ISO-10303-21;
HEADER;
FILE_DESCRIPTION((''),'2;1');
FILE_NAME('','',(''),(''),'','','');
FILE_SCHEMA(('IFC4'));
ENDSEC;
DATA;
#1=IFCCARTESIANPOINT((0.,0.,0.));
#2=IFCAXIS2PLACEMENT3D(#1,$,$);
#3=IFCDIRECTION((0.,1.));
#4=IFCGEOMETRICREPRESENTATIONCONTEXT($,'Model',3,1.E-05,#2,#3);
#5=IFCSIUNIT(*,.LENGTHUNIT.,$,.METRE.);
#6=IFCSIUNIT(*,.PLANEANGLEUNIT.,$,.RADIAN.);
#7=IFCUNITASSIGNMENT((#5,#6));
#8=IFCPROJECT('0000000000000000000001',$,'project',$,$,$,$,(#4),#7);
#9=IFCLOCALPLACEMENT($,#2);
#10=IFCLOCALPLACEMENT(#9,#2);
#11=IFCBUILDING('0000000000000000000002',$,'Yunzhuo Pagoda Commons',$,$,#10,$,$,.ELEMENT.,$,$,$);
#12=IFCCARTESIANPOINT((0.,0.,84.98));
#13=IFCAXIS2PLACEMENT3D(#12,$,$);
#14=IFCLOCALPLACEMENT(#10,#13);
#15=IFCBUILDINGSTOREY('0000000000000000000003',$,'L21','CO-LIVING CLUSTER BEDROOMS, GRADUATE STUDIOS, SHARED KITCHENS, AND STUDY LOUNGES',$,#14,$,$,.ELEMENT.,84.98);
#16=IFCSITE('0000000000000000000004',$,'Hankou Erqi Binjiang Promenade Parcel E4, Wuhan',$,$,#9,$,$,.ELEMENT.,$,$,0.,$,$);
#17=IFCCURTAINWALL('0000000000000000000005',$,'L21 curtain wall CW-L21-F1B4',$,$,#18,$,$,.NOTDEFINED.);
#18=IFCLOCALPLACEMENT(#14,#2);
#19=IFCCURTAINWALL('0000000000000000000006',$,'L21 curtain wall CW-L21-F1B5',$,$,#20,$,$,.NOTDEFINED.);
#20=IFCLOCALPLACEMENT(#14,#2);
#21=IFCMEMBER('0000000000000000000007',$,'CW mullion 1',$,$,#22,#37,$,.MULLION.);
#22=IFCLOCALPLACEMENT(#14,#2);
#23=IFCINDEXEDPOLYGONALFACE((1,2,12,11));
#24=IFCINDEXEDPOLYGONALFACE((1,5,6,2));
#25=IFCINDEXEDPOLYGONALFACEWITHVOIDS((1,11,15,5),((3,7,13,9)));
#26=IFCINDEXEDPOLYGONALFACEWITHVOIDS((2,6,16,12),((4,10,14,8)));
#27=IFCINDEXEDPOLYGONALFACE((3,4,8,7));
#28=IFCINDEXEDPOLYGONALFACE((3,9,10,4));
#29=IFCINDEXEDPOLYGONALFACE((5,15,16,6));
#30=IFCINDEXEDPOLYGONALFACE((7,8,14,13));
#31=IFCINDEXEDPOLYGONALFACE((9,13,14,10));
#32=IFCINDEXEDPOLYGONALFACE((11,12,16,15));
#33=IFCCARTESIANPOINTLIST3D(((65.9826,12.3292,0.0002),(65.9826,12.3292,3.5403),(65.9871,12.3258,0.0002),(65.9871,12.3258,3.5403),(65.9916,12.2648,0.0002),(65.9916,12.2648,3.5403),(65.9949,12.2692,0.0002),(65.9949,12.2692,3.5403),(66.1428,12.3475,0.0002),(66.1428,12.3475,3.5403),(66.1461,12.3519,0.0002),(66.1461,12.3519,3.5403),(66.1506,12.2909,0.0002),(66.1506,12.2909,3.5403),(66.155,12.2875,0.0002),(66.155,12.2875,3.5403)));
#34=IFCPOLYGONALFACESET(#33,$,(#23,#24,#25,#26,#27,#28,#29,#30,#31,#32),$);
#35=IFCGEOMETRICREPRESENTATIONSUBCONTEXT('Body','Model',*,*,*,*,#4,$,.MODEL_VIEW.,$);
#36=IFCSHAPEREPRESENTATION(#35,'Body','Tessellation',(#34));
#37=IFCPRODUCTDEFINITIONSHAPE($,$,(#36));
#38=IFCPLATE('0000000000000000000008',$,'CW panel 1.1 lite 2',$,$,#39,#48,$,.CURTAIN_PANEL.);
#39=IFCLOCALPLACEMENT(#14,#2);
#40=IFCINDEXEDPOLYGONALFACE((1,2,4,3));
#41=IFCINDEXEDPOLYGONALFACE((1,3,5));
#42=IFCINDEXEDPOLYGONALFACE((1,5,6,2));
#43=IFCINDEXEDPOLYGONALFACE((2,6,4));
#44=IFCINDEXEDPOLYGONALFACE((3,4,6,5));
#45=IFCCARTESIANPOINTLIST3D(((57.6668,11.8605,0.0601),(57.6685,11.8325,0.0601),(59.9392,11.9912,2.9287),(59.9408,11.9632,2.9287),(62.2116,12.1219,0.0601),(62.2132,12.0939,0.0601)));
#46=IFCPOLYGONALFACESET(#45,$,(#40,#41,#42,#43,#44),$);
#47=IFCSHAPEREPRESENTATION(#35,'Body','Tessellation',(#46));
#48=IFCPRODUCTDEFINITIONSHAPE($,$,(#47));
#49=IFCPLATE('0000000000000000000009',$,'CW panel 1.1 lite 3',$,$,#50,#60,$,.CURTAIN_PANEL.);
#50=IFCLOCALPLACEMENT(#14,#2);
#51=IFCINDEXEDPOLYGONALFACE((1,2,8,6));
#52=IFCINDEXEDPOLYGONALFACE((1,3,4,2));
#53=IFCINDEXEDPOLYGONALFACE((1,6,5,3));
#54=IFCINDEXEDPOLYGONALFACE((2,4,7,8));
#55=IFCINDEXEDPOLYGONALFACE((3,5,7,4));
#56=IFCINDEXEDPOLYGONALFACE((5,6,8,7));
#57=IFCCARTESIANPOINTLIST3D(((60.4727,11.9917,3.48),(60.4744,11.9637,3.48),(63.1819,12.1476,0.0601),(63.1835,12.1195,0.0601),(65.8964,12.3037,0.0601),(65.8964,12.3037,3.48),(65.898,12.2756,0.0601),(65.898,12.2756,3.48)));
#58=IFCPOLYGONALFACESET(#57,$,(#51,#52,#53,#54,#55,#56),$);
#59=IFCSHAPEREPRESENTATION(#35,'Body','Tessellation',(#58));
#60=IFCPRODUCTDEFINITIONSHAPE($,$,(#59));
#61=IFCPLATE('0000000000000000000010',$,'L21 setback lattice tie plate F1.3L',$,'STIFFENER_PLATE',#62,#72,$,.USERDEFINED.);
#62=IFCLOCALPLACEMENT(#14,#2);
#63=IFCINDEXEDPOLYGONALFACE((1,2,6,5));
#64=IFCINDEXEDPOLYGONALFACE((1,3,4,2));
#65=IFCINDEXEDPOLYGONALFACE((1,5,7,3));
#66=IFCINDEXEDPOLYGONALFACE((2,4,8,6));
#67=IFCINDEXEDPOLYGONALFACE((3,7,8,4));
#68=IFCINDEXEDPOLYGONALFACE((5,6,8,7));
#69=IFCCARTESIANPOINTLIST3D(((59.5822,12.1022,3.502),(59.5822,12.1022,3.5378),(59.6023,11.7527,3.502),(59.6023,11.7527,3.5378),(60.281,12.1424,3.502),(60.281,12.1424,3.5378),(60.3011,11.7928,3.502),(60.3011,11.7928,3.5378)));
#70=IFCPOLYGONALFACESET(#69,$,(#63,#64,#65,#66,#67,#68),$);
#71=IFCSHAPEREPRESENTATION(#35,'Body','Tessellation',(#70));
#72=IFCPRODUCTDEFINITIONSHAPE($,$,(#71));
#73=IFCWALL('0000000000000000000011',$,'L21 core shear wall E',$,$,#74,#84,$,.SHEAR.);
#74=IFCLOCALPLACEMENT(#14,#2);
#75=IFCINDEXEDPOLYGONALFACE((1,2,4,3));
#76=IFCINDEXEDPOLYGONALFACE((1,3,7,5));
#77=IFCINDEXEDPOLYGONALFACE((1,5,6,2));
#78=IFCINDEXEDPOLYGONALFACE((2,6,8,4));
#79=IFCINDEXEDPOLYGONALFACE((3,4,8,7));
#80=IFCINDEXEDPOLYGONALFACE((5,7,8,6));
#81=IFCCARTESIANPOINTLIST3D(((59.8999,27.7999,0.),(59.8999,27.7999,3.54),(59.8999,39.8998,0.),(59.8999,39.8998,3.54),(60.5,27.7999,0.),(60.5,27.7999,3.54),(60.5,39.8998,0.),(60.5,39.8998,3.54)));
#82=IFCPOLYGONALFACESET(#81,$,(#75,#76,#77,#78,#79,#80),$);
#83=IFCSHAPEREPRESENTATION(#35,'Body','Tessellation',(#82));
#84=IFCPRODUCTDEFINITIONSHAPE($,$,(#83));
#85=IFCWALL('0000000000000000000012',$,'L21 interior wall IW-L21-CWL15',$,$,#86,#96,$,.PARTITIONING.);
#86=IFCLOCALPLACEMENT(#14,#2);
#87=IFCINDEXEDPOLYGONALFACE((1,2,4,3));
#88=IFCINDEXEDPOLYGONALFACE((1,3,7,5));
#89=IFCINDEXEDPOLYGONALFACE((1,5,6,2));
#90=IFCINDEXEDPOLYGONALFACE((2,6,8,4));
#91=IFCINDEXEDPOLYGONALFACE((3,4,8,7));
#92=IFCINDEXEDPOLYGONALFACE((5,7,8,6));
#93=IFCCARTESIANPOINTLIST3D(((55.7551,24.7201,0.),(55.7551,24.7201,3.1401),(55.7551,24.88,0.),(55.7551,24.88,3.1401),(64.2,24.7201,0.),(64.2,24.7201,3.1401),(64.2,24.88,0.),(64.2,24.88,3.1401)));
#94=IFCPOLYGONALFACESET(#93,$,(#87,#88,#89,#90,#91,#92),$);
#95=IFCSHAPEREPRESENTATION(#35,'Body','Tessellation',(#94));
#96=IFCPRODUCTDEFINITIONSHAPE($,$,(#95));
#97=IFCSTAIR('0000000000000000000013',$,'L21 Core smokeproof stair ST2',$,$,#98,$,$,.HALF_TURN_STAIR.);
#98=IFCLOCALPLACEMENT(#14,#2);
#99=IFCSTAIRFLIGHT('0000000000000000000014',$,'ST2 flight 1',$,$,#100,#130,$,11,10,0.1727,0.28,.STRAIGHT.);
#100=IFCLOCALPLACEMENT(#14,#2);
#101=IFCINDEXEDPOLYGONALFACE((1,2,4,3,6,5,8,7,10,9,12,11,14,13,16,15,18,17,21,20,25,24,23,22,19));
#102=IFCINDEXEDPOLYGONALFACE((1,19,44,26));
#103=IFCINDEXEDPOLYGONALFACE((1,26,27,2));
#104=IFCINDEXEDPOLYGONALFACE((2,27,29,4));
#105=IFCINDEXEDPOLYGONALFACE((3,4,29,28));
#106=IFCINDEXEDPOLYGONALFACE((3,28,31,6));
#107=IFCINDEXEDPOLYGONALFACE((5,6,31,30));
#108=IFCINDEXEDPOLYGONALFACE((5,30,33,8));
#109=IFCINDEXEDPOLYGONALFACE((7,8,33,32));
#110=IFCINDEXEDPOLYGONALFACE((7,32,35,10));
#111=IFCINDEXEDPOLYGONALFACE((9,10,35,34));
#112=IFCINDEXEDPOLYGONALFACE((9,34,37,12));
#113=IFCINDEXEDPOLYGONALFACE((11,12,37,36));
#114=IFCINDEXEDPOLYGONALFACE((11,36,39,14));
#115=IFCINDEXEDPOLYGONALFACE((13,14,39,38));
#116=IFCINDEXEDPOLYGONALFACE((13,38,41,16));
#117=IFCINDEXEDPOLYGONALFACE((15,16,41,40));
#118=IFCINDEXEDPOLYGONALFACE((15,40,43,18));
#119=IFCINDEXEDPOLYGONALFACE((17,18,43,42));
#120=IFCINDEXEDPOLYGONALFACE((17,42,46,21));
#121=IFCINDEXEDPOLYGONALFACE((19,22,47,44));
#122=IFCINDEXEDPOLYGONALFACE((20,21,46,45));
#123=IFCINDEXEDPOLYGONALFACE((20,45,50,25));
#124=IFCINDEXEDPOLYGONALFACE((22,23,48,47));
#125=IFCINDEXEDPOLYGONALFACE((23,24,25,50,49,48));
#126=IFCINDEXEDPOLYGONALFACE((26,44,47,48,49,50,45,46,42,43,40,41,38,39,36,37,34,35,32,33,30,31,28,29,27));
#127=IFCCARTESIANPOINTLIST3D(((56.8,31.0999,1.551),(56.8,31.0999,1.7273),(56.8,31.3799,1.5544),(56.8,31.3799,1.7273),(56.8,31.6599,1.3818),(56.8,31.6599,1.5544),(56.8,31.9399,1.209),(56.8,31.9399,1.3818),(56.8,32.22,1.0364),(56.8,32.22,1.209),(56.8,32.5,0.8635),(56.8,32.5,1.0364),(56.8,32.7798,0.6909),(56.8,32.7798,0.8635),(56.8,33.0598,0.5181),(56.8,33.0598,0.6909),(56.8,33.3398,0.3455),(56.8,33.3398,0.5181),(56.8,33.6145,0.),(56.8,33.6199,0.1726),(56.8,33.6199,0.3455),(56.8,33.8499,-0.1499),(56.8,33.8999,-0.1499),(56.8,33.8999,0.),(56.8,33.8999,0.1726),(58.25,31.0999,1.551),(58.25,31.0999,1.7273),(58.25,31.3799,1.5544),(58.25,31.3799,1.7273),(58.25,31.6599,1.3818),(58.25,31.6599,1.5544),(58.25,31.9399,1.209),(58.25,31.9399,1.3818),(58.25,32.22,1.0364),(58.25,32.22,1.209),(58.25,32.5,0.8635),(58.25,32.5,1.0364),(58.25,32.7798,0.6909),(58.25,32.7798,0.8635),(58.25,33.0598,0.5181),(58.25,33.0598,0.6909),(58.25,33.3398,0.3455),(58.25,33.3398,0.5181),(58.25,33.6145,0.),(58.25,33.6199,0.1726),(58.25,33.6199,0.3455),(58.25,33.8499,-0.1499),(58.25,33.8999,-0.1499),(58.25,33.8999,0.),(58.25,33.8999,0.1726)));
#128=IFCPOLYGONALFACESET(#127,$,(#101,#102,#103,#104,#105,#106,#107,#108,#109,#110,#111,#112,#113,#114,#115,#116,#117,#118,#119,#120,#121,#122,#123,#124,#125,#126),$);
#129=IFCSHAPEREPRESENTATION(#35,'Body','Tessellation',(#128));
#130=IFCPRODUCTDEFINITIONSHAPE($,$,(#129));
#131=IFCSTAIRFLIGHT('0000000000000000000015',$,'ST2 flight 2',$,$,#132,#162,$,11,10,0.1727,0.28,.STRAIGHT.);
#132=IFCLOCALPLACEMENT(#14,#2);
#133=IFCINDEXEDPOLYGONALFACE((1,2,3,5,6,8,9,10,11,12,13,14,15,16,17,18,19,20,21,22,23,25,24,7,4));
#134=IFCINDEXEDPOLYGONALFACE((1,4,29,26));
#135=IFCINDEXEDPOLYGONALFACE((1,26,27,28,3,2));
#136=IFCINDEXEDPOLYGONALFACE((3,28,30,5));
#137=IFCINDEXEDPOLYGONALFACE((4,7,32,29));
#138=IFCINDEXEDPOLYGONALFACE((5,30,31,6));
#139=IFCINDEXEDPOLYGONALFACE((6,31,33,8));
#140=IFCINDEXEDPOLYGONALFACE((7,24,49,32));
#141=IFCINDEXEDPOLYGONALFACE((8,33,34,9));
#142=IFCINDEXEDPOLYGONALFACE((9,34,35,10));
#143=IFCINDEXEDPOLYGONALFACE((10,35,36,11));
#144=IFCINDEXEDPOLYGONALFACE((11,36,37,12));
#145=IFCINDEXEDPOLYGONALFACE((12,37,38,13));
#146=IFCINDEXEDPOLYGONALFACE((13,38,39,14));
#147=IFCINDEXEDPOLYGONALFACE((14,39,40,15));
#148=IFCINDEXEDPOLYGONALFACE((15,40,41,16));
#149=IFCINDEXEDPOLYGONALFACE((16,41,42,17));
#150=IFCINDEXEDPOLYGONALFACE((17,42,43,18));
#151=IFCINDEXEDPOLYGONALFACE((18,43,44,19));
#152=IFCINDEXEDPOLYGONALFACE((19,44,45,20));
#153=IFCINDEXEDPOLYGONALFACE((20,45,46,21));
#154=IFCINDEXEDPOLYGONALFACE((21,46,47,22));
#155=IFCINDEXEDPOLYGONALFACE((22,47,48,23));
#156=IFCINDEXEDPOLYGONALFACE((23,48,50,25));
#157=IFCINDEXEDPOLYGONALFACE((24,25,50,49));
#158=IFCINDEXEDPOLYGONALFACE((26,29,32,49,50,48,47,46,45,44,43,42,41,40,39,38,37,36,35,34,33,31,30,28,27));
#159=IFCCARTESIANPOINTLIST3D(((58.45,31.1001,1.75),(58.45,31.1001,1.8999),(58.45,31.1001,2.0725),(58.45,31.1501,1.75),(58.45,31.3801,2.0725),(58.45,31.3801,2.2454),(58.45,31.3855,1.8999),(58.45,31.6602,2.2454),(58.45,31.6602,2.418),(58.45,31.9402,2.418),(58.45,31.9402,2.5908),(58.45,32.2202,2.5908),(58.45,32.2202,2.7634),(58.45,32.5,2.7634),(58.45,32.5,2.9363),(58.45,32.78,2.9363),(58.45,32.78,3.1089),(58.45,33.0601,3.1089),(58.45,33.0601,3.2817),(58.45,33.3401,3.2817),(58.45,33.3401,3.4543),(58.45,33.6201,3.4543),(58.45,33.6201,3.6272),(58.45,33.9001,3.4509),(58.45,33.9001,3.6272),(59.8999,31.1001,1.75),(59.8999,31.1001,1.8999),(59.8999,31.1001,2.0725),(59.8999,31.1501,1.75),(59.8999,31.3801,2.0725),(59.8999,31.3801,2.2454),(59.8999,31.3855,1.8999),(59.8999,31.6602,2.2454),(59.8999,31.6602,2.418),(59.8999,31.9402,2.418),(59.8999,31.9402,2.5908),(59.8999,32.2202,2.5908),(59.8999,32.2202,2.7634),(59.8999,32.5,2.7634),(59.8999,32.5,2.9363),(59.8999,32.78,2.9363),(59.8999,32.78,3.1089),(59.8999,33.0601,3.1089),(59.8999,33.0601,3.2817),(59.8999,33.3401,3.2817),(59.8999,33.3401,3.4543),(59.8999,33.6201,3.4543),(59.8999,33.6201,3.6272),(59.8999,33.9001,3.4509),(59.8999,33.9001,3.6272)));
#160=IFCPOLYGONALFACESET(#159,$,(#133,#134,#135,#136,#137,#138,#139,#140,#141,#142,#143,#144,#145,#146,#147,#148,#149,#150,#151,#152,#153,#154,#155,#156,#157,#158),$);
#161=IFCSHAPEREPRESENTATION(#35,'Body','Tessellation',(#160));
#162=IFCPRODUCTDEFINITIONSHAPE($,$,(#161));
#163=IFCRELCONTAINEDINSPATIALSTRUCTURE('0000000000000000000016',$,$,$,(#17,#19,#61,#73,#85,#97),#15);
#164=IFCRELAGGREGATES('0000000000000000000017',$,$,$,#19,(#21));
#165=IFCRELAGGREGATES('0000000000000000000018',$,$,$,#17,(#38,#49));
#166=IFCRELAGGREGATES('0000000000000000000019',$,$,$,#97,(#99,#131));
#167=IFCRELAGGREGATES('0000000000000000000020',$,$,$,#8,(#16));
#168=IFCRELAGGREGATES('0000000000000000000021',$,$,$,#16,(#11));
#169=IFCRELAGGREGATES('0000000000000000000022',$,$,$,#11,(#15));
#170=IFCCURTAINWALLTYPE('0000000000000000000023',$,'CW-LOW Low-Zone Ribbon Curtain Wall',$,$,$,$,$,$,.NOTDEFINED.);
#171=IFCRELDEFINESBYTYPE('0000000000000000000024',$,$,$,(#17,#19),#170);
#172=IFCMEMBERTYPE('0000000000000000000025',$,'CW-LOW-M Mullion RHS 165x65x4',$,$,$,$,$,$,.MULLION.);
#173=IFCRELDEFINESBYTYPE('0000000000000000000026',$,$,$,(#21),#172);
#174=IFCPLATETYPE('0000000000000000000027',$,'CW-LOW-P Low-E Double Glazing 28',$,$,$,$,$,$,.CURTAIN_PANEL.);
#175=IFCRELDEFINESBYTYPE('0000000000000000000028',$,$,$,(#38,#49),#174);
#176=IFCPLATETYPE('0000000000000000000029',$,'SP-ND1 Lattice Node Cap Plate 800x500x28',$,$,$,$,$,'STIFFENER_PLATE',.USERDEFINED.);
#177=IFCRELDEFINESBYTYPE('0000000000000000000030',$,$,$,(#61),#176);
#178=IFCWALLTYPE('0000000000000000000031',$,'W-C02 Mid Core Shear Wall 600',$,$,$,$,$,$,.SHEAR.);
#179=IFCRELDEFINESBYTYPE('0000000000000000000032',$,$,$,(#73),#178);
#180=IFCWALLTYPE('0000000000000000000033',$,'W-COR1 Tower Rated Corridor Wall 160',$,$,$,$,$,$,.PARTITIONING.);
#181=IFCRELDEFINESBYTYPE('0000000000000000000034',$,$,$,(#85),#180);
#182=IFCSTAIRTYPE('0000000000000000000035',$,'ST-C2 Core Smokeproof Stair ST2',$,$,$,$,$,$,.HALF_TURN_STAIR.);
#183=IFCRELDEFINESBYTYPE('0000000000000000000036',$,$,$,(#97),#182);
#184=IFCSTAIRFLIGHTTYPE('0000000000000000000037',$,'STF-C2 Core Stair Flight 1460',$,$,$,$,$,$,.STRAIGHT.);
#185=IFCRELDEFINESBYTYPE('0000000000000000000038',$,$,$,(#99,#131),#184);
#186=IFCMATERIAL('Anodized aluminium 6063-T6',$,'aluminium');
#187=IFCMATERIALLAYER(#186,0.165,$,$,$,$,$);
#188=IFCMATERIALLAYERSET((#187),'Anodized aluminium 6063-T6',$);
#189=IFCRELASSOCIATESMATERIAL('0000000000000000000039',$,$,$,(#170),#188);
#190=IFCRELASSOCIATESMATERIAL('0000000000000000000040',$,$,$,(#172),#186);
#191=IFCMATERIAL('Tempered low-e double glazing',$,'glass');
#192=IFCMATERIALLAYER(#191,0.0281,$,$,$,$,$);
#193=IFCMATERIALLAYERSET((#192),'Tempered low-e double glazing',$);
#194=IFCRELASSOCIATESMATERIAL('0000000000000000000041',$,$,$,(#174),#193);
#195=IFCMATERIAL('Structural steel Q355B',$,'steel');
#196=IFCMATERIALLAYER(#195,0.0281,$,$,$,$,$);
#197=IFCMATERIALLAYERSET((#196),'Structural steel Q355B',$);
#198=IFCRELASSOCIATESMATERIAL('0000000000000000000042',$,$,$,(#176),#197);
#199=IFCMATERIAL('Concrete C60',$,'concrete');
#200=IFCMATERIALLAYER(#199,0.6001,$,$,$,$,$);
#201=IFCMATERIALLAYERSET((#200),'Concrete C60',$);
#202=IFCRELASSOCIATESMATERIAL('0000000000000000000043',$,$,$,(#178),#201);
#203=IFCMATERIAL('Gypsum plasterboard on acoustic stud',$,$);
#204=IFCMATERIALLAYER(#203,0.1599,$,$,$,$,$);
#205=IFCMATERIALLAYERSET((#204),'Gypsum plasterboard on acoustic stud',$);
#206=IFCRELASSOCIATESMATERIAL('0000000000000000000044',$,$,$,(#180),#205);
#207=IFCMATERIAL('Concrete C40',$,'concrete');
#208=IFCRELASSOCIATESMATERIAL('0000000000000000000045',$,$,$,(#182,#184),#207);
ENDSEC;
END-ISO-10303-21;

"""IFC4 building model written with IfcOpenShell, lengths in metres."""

from ifc_helpers import new_model, si_unit, direction, frame, frame_2d, origin, origin_2d, place, context, subcontext, project, spatial, polyline, rectangle, hollow_rectangle, outline, extrude, source, transform, mapped, material, layer, layer_set, material_profile, profile_set, type_object, element, aggregate, save


model = new_model("IFC4")

# Units and contexts
model_context = context("Model", 3, precision=1e-05, world=origin(), true_north=direction((0.0, 1.0)))
body_context = subcontext(model_context, "Body", "Model", "MODEL_VIEW")
ifc_project = project(units=[si_unit("LENGTHUNIT", "METRE"), si_unit("PLANEANGLEUNIT", "RADIAN")], contexts=[model_context])

# Site, building, storey
site_placement = place(None, origin())
site = spatial("IfcSite", under=ifc_project, at=site_placement, Name="Hankou Erqi Binjiang Promenade Parcel E4, Wuhan", CompositionType="ELEMENT", RefElevation=0.0)
building_placement = place(site_placement, origin())
building = spatial("IfcBuilding", under=site, at=building_placement, Name="Yunzhuo Pagoda Commons", CompositionType="ELEMENT")
storey_placement = place(building_placement, frame((0.0, 0.0, 84.98)))
storey = spatial("IfcBuildingStorey", under=building, at=storey_placement, Name="L21", Description="CO-LIVING CLUSTER BEDROOMS, GRADUATE STUDIOS, SHARED KITCHENS, AND STUDY LOUNGES", CompositionType="ELEMENT", Elevation=84.98)

# Shared definitions
ifc_material_1 = material(Name="Structural steel Q355B", Category="steel")

# Curtain walls, member
ifc_material_2 = material(Name="Anodized aluminium 6063-T6", Category="aluminium")
ifc_layer_1 = layer(ifc_material_2, 0.165)
ifc_layer_set_1 = layer_set([ifc_layer_1], Name="Anodized aluminium 6063-T6")
curtain_wall_type = type_object("IfcCurtainWallType", Name="CW-LOW Low-Zone Ribbon Curtain Wall", PredefinedType="NOTDEFINED", material=ifc_layer_set_1)
curtain_wall_1_placement = place(storey_placement, origin())
curtain_wall_1 = element("IfcCurtainWall", 1, at=curtain_wall_1_placement, inside=storey, type_object=curtain_wall_type, Name="L21 curtain wall CW-L21-F1B4", PredefinedType="NOTDEFINED")
ifc_material_profile_1 = material_profile(ifc_material_2, hollow_rectangle(XDim=0.0649, YDim=0.165, WallThickness=0.0039, at=origin_2d()), Name="Anodized aluminium 6063-T6")
ifc_profile_set_1 = profile_set([ifc_material_profile_1], Name="Anodized aluminium 6063-T6")
member_type_1 = type_object("IfcMemberType", Name="CW-LOW-M Mullion RHS 165x65x4", PredefinedType="MULLION", material=ifc_profile_set_1)
shared_shape_1 = source(origin(), body_context, "Body", "SweptSolid", [
    extrude(hollow_rectangle(XDim=0.0649, YDim=0.165, WallThickness=0.0039, at=origin_2d()), origin(), (0.0, 0.0, 1.0), 3.54),
])
curtain_wall_2_placement = place(storey_placement, origin())
curtain_wall_2 = element("IfcCurtainWall", 2, at=curtain_wall_2_placement, inside=storey, type_object=curtain_wall_type, Name="L21 curtain wall CW-L21-F1B5", PredefinedType="NOTDEFINED")
member_1_placement = place(storey_placement, frame((66.0688, 12.3083, 0.0002), z_axis=(0.0, 0.0, 1.0), x_axis=(-0.137496, 0.990502, 0.0)))
member_1 = element("IfcMember", 3, at=member_1_placement, type_object=member_type_1, Name="CW mullion 1", PredefinedType="MULLION", context=body_context, shape_type="MappedRepresentation", body=[
    mapped(shared_shape_1, transform((0.0, 0.0, 0.0), scale=1.0)),
])
aggregate(curtain_wall_2, [member_1])

# Plates
ifc_material_3 = material(Name="Tempered low-e double glazing", Category="glass")
ifc_layer_2 = layer(ifc_material_3, 0.0281)
ifc_layer_set_2 = layer_set([ifc_layer_2], Name="Tempered low-e double glazing")
plate_type_1 = type_object("IfcPlateType", Name="CW-LOW-P Low-E Double Glazing 28", PredefinedType="CURTAIN_PANEL", material=ifc_layer_set_2)
plate_1_placement = place(storey_placement, frame((59.9392, 11.9912, 1.4944), z_axis=(0.057418, -0.99835, 0.0), x_axis=(0.99835, 0.057418, 0.0)))
plate_1 = element("IfcPlate", 4, at=plate_1_placement, type_object=plate_type_1, Name="CW panel 1.1 lite 2", PredefinedType="CURTAIN_PANEL", context=body_context, shape_type="SweptSolid", body=[
    extrude(outline(polyline([(-2.2761, -1.4343), (2.2761, -1.4343), (0.0, 1.4343), (-2.2761, -1.4343)])), origin(), (0.0, 0.0, 1.0), 0.0281),
])
plate_2_placement = place(storey_placement, frame((63.1846, 12.1477, 1.77), z_axis=(0.057418, -0.99835, 0.0), x_axis=(0.99835, 0.057418, 0.0)))
plate_2 = element("IfcPlate", 5, at=plate_2_placement, type_object=plate_type_1, Name="CW panel 1.1 lite 3", PredefinedType="CURTAIN_PANEL", context=body_context, shape_type="SweptSolid", body=[
    extrude(outline(polyline([(-2.7163, 1.71), (-0.0027, -1.71), (2.7163, -1.71), (2.7163, 1.71), (-2.7163, 1.71)])), origin(), (0.0, 0.0, 1.0), 0.0281),
])
aggregate(curtain_wall_1, [plate_1, plate_2])
ifc_layer_3 = layer(ifc_material_1, 0.0281)
ifc_layer_set_3 = layer_set([ifc_layer_3], Name="Structural steel Q355B")
plate_type_2 = type_object("IfcPlateType", Name="SP-ND1 Lattice Node Cap Plate 800x500x28", ElementType="STIFFENER_PLATE", PredefinedType="USERDEFINED", material=ifc_layer_set_3)
shared_shape_2 = source(origin(), body_context, "Body", "SweptSolid", [
    extrude(rectangle(XDim=0.7, YDim=0.3501, at=origin_2d()), origin(), (0.0, 0.0, 1.0), 0.0359),
])
plate_3_placement = place(storey_placement, frame((59.9417, 11.9475, 3.502), z_axis=(0.0, 0.0, 1.0), x_axis=(0.99835, 0.057425, 0.0)))
element("IfcPlate", 6, at=plate_3_placement, inside=storey, type_object=plate_type_2, Name="L21 setback lattice tie plate F1.3L", ObjectType="STIFFENER_PLATE", PredefinedType="USERDEFINED", context=body_context, shape_type="MappedRepresentation", body=[
    mapped(shared_shape_2, transform((0.0, 0.0, 0.0), scale=1.0)),
])

# Walls
ifc_material_4 = material(Name="Concrete C60", Category="concrete")
ifc_layer_4 = layer(ifc_material_4, 0.6001)
ifc_layer_set_4 = layer_set([ifc_layer_4], Name="Concrete C60")
wall_type_1 = type_object("IfcWallType", Name="W-C02 Mid Core Shear Wall 600", PredefinedType="SHEAR", material=ifc_layer_set_4)
wall_1_placement = place(storey_placement, frame((60.2, 27.8, 0.0), z_axis=(0.0, 0.0, 1.0), x_axis=(0.0, 1.0, 0.0)))
element("IfcWall", 7, at=wall_1_placement, inside=storey, type_object=wall_type_1, Name="L21 core shear wall E", PredefinedType="SHEAR", context=body_context, shape_type="SweptSolid", body=[
    extrude(rectangle(XDim=12.0999, YDim=0.6001, at=frame_2d((6.0498, 0.0))), origin(), (0.0, 0.0, 1.0), 3.54),
])
ifc_material_5 = material(Name="Gypsum plasterboard on acoustic stud")
ifc_layer_5 = layer(ifc_material_5, 0.1599)
ifc_layer_set_5 = layer_set([ifc_layer_5], Name="Gypsum plasterboard on acoustic stud")
wall_type_2 = type_object("IfcWallType", Name="W-COR1 Tower Rated Corridor Wall 160", PredefinedType="PARTITIONING", material=ifc_layer_set_5)
wall_2_placement = place(storey_placement, frame((64.2, 24.8, 0.0), z_axis=(0.0, 0.0, 1.0), x_axis=(-1.0, 0.0, 0.0)))
element("IfcWall", 8, at=wall_2_placement, inside=storey, type_object=wall_type_2, Name="L21 interior wall IW-L21-CWL15", PredefinedType="PARTITIONING", context=body_context, shape_type="SweptSolid", body=[
    extrude(rectangle(XDim=8.4448, YDim=0.1599, at=frame_2d((4.2224, 0.0))), origin(), (0.0, 0.0, 1.0), 3.1401),
])

# Stair, stair flights
ifc_material_6 = material(Name="Concrete C40", Category="concrete")
stair_type = type_object("IfcStairType", Name="ST-C2 Core Smokeproof Stair ST2", PredefinedType="HALF_TURN_STAIR", material=ifc_material_6)
stair_placement = place(storey_placement, origin())
stair = element("IfcStair", 9, at=stair_placement, inside=storey, type_object=stair_type, Name="L21 Core smokeproof stair ST2", PredefinedType="HALF_TURN_STAIR")
stair_flight_type = type_object("IfcStairFlightType", Name="STF-C2 Core Stair Flight 1460", PredefinedType="STRAIGHT", material=ifc_material_6)
shared_shape_3 = source(origin(), body_context, "Body", "SweptSolid", [
    extrude(outline(polyline([(0.0, -0.1499), (0.0, 0.0), (0.0, 0.1726), (0.28, 0.1726), (0.28, 0.3455), (0.5601, 0.3455), (0.5601, 0.5181), (0.8401, 0.5181), (0.8401, 0.6909), (1.1201, 0.6909), (1.1201, 0.8635), (1.3999, 0.8635), (1.3999, 1.0364), (1.6799, 1.0364), (1.6799, 1.209), (1.96, 1.209), (1.96, 1.3818), (2.24, 1.3818), (2.24, 1.5544), (2.52, 1.5544), (2.52, 1.7273), (2.8, 1.7273), (2.8, 1.8999), (2.8, 1.551), (0.2854, 0.0), (0.05, -0.1499), (0.0, -0.1499)])), frame((0.0, 0.7251, 0.0), z_axis=(0.0, -1.0, 0.0), x_axis=(1.0, 0.0, 0.0)), (0.0, 0.0, 1.0), 1.45),
])
stair_flight_1_placement = place(storey_placement, frame((57.5249, 33.8999, 0.0), z_axis=(0.0, 0.0, 1.0), x_axis=(0.0, -1.0, 0.0)))
stair_flight_1 = element("IfcStairFlight", 10, at=stair_flight_1_placement, type_object=stair_flight_type, Name="ST2 flight 1", NumberOfRisers=11, NumberOfTreads=10, PredefinedType="STRAIGHT", RiserHeight=0.1727, TreadLength=0.28, context=body_context, shape_type="MappedRepresentation", body=[
    mapped(shared_shape_3, transform((0.0, 0.0, 0.0), scale=1.0)),
])
stair_flight_2_placement = place(storey_placement, frame((59.175, 31.1001, 1.8999), z_axis=(0.0, 0.0, 1.0), x_axis=(0.0, 1.0, 0.0)))
stair_flight_2 = element("IfcStairFlight", 11, at=stair_flight_2_placement, type_object=stair_flight_type, Name="ST2 flight 2", NumberOfRisers=11, NumberOfTreads=10, PredefinedType="STRAIGHT", RiserHeight=0.1727, TreadLength=0.28, context=body_context, shape_type="MappedRepresentation", body=[
    mapped(shared_shape_3, transform((0.0, 0.0, 0.0), scale=1.0)),
])
aggregate(stair, [stair_flight_1, stair_flight_2])

save(model, "model.ifc")
